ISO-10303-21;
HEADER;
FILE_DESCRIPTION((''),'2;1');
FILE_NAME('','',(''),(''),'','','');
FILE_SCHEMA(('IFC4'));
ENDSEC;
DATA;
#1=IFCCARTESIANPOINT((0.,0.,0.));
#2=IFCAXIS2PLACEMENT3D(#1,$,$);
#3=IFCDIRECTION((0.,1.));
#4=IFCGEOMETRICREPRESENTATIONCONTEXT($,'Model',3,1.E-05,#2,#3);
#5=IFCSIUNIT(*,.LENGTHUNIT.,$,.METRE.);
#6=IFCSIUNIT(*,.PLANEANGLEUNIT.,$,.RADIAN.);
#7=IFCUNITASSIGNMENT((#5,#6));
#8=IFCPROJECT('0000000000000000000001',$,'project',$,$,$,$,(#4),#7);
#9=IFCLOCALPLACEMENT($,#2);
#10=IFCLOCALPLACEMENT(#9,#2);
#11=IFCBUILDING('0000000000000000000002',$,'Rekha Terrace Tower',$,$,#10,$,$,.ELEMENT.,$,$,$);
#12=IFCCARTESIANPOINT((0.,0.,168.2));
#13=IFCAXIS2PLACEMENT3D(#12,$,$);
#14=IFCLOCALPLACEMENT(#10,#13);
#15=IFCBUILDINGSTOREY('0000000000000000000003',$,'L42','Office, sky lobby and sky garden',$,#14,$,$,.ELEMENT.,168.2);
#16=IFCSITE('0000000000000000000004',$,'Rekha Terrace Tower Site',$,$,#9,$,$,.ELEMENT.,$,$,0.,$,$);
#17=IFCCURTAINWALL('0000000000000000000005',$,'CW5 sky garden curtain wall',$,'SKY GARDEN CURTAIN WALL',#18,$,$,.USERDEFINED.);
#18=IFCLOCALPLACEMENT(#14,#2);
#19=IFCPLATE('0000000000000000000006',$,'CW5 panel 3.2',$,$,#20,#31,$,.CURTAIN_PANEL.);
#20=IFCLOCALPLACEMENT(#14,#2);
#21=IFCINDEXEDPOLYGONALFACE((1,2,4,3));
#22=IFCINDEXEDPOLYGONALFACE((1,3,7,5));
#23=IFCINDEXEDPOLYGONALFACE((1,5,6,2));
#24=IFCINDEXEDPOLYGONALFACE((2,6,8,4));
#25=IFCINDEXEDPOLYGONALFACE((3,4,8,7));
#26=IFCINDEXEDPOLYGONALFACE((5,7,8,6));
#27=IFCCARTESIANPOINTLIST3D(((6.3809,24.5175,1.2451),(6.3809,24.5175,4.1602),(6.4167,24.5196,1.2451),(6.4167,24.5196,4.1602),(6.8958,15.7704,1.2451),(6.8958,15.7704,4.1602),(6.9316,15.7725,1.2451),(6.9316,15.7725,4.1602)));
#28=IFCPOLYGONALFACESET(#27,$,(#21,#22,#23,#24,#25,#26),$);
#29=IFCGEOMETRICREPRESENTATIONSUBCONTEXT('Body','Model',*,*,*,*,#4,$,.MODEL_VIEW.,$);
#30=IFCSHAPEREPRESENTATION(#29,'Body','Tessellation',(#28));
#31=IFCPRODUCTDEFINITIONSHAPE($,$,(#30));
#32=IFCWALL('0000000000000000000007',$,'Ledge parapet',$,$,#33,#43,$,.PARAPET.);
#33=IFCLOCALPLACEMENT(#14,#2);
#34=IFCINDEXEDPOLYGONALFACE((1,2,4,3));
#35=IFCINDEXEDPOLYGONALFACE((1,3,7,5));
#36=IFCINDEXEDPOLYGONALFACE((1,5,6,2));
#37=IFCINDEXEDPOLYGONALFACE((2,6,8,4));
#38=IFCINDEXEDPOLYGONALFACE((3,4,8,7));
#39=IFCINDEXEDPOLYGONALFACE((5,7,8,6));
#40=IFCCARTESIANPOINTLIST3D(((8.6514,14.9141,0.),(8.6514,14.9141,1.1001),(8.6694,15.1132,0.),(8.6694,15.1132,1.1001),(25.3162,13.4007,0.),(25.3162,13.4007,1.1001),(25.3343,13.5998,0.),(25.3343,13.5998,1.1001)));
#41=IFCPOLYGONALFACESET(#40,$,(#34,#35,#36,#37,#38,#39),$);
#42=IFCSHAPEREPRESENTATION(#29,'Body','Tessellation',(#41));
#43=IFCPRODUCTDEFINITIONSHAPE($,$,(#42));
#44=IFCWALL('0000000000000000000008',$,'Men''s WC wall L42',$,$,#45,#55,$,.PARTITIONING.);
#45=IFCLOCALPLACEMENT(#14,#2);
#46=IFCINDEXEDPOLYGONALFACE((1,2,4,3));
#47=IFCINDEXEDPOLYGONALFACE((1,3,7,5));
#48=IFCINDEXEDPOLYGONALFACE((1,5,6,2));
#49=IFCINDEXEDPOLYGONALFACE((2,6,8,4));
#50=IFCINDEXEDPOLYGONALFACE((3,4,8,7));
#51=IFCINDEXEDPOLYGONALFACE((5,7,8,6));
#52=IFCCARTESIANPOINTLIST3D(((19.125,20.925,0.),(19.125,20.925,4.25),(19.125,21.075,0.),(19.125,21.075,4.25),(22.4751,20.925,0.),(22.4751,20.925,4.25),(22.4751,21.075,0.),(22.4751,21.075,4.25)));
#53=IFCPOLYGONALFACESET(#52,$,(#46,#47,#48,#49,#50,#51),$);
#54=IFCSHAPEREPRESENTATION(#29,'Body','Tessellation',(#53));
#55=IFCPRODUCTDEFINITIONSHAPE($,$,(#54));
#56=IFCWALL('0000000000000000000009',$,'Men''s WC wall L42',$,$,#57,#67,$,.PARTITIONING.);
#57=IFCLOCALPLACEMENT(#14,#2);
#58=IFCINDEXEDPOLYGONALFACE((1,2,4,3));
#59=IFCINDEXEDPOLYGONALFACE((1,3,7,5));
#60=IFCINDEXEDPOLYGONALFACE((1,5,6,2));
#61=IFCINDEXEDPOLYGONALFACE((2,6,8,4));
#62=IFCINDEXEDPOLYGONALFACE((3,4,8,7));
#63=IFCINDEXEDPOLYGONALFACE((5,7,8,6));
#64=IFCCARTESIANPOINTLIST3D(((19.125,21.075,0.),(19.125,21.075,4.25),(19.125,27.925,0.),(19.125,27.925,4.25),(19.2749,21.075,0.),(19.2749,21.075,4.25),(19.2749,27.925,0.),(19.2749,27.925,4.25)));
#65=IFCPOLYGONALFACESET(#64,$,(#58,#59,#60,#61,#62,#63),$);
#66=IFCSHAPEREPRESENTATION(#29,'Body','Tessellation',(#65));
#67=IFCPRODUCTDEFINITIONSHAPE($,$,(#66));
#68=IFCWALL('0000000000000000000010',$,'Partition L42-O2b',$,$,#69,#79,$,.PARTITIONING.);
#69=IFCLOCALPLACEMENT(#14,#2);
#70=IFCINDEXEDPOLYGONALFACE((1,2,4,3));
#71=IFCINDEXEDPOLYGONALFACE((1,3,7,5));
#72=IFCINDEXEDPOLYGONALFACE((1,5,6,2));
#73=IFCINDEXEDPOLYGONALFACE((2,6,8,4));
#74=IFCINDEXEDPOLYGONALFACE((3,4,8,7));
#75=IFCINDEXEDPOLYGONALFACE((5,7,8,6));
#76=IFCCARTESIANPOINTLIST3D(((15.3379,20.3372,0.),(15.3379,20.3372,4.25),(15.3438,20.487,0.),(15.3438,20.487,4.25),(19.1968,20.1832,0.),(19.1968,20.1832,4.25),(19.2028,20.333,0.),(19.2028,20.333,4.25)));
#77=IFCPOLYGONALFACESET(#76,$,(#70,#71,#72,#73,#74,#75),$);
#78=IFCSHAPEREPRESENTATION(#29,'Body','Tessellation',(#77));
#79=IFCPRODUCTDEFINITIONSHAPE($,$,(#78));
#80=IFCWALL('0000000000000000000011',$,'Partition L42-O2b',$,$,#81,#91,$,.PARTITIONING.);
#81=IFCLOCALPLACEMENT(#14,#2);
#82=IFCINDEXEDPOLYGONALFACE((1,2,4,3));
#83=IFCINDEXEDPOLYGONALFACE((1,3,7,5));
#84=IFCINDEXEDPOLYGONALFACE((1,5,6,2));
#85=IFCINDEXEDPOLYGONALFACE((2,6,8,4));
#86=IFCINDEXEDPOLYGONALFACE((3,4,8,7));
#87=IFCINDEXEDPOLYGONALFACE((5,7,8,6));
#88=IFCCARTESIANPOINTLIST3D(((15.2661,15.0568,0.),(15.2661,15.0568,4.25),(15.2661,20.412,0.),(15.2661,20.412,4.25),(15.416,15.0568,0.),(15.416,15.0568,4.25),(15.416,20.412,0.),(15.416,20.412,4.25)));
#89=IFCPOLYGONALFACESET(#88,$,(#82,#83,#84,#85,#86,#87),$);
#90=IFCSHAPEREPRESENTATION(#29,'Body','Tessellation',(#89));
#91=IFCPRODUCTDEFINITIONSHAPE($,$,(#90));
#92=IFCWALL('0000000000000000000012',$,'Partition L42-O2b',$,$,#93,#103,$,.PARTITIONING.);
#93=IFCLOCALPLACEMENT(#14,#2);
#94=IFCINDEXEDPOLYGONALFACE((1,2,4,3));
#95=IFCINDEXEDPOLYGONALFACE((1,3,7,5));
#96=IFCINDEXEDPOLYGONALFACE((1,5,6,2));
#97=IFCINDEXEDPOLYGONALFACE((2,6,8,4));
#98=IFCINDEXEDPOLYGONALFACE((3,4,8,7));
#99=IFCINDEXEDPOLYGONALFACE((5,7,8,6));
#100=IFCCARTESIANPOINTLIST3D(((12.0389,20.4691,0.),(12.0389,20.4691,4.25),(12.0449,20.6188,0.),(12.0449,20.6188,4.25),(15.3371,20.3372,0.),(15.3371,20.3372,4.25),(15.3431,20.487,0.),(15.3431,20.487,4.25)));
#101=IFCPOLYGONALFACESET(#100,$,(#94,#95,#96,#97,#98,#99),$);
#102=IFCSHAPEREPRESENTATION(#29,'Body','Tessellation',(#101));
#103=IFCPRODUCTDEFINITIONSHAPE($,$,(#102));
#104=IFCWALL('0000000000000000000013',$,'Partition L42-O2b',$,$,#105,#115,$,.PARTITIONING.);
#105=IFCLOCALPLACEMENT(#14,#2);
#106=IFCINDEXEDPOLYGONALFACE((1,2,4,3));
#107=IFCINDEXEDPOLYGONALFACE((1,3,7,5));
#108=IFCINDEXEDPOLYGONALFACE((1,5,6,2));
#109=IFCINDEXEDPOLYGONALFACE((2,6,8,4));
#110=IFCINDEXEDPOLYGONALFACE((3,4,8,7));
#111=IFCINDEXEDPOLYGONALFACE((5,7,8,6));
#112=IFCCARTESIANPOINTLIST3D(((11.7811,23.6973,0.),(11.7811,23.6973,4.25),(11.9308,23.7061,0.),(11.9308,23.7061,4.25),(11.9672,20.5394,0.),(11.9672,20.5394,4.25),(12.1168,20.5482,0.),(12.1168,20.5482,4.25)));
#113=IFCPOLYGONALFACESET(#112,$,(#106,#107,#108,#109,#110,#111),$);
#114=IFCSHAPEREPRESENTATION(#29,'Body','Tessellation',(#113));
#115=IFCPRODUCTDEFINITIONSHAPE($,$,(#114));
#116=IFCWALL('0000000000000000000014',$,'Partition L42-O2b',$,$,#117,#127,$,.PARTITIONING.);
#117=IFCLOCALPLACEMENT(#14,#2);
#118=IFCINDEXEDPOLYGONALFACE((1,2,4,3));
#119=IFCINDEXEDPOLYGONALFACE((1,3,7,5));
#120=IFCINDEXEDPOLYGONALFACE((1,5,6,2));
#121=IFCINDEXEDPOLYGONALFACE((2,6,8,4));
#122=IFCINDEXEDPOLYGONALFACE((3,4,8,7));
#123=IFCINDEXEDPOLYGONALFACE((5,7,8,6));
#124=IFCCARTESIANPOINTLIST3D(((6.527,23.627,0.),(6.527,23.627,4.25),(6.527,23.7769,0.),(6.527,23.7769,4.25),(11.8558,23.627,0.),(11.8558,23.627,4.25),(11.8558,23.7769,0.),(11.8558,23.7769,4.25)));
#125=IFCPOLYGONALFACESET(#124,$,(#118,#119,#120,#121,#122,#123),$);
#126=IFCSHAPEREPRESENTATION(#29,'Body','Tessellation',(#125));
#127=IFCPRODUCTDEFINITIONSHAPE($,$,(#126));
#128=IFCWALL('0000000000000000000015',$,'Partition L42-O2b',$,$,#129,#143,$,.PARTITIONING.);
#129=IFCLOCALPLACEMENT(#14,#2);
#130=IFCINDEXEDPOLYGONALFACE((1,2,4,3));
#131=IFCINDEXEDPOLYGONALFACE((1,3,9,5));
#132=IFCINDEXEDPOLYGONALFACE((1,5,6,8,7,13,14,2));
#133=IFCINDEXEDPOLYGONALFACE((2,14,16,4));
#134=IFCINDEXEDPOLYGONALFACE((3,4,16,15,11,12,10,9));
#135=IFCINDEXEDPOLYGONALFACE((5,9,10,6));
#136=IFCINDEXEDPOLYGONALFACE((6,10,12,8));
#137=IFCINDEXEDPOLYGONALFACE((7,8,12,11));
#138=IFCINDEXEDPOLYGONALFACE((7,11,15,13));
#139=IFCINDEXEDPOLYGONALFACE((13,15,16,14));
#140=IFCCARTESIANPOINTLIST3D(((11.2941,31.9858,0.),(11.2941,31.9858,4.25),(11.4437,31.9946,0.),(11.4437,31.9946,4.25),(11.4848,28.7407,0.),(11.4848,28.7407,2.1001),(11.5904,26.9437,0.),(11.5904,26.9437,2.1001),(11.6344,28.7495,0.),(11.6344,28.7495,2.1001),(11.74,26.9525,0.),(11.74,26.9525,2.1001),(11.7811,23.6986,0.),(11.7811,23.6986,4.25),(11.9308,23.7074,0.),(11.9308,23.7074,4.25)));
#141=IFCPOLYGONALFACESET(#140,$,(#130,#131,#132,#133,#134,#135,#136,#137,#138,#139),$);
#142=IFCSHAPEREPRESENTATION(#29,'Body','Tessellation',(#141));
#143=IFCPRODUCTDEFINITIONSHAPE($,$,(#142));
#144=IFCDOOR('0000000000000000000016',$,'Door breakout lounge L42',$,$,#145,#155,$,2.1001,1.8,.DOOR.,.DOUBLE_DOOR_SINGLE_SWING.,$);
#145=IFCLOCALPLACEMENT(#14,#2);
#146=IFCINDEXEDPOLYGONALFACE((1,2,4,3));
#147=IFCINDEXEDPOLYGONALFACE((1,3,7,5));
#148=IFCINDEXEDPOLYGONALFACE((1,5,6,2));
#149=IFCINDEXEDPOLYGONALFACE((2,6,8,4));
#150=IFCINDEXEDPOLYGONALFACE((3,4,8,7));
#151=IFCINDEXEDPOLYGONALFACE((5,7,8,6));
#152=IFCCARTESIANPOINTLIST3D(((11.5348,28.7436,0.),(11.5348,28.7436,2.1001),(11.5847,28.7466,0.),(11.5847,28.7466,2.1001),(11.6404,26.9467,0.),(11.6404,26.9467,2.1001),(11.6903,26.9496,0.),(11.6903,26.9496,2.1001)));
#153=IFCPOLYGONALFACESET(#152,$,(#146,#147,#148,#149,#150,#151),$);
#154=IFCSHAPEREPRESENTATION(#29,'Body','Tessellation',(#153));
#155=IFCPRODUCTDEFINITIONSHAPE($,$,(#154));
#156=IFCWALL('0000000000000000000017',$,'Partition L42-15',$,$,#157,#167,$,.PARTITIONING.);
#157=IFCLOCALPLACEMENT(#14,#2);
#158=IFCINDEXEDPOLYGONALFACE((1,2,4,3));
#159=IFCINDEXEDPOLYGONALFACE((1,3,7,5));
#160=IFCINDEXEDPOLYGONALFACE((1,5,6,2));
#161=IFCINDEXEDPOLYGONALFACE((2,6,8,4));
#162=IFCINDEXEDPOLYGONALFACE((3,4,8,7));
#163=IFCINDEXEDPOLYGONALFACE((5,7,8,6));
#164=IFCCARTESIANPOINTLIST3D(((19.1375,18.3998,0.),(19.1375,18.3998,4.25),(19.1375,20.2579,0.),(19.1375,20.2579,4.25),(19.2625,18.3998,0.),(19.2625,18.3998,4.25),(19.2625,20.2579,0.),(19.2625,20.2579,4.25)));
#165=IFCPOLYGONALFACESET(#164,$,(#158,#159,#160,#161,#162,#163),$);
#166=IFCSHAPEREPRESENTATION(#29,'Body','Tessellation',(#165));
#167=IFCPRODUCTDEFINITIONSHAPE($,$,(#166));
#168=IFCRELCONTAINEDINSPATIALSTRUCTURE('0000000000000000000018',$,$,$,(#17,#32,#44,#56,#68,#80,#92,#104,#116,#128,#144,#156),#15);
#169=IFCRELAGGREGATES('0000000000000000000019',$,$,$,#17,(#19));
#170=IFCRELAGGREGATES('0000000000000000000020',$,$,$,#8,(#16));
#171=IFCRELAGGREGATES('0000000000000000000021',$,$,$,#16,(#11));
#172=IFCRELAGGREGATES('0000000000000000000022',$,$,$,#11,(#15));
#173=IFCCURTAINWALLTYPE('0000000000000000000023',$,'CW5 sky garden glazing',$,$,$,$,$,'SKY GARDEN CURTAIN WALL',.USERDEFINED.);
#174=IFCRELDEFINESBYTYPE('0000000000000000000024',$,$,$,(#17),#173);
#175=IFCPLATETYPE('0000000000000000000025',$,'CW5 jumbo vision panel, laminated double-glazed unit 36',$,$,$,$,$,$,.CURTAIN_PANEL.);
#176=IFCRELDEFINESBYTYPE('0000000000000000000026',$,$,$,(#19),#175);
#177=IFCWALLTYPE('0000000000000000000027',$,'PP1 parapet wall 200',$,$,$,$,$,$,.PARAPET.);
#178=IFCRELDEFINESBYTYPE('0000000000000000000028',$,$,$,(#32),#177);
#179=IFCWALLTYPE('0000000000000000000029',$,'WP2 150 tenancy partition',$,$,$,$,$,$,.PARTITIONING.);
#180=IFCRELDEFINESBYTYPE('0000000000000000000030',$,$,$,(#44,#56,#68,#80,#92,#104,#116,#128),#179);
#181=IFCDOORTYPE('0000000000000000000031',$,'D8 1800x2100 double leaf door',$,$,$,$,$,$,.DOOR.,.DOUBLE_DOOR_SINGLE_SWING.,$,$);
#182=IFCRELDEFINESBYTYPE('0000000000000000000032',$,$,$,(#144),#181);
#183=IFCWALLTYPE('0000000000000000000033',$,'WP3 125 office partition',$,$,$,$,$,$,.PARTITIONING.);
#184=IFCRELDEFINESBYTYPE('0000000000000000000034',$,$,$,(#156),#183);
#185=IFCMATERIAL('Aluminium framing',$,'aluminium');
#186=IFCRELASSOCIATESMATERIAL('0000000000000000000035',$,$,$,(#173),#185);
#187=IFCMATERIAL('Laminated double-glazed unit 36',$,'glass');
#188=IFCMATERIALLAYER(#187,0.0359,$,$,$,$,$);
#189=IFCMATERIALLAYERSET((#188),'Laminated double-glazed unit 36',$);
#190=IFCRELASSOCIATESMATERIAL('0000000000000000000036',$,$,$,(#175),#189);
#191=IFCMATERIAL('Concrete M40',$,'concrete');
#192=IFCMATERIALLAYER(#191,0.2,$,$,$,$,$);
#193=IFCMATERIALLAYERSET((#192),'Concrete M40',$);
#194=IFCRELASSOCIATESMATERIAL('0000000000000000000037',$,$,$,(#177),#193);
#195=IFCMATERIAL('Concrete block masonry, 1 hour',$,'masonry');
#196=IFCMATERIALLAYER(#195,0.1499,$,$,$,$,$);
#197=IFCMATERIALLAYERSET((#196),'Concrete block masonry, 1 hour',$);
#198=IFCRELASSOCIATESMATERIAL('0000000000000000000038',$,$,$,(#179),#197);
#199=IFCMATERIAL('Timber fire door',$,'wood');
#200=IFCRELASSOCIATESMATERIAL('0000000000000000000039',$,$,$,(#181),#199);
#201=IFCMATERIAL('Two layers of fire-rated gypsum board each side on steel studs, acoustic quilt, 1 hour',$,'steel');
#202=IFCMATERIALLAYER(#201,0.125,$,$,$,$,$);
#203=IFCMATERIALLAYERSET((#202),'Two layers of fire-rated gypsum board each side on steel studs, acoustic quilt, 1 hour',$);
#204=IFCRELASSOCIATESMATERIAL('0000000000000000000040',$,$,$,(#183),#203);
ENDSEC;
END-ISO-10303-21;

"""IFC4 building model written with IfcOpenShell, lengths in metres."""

from ifc_helpers import new_model, si_unit, direction, frame, frame_2d, origin, origin_2d, place, context, subcontext, project, spatial, rectangle, extrude, material, layer, layer_set, type_object, element, fill, aggregate, save


model = new_model("IFC4")

# Units and contexts
model_context = context("Model", 3, precision=1e-05, world=origin(), true_north=direction((0.0, 1.0)))
body_context = subcontext(model_context, "Body", "Model", "MODEL_VIEW")
ifc_project = project(units=[si_unit("LENGTHUNIT", "METRE"), si_unit("PLANEANGLEUNIT", "RADIAN")], contexts=[model_context])

# Site, building, storey
site_placement = place(None, origin())
site = spatial("IfcSite", under=ifc_project, at=site_placement, Name="Rekha Terrace Tower Site", CompositionType="ELEMENT", RefElevation=0.0)
building_placement = place(site_placement, origin())
building = spatial("IfcBuilding", under=site, at=building_placement, Name="Rekha Terrace Tower", CompositionType="ELEMENT")
storey_placement = place(building_placement, frame((0.0, 0.0, 168.2)))
storey = spatial("IfcBuildingStorey", under=building, at=storey_placement, Name="L42", Description="Office, sky lobby and sky garden", CompositionType="ELEMENT", Elevation=168.2)

# Shared definitions
ifc_material_1 = material(Name="Aluminium framing", Category="aluminium")
curtain_wall_type = type_object("IfcCurtainWallType", Name="CW5 sky garden glazing", ElementType="SKY GARDEN CURTAIN WALL", PredefinedType="USERDEFINED", material=ifc_material_1)

# Curtain wall
curtain_wall_1_placement = place(storey_placement, origin())
curtain_wall_1 = element("IfcCurtainWall", 1, at=curtain_wall_1_placement, inside=storey, type_object=curtain_wall_type, Name="CW5 sky garden curtain wall", ObjectType="SKY GARDEN CURTAIN WALL", PredefinedType="USERDEFINED")

# Plate
ifc_material_2 = material(Name="Laminated double-glazed unit 36", Category="glass")
ifc_layer_1 = layer(ifc_material_2, 0.0359)
ifc_layer_set_1 = layer_set([ifc_layer_1], Name="Laminated double-glazed unit 36")
plate_type = type_object("IfcPlateType", Name="CW5 jumbo vision panel, laminated double-glazed unit 36", PredefinedType="CURTAIN_PANEL", material=ifc_layer_set_1)
plate_1_placement = place(storey_placement, frame((6.6562, 20.145, 1.2451), z_axis=(0.0, 0.0, 1.0), x_axis=(0.058765, -0.998272, 0.0)))
plate_1 = element("IfcPlate", 2, at=plate_1_placement, type_object=plate_type, Name="CW5 panel 3.2", PredefinedType="CURTAIN_PANEL", context=body_context, shape_type="SweptSolid", body=[
    extrude(rectangle(XDim=8.7622, YDim=0.0359, at=origin_2d()), origin(), (0.0, 0.0, 1.0), 2.915),
])
aggregate(curtain_wall_1, [plate_1])

# Walls
ifc_material_3 = material(Name="Concrete M40", Category="concrete")
ifc_layer_2 = layer(ifc_material_3, 0.2)
ifc_layer_set_2 = layer_set([ifc_layer_2], Name="Concrete M40")
wall_type_1 = type_object("IfcWallType", Name="PP1 parapet wall 200", PredefinedType="PARAPET", material=ifc_layer_set_2)
wall_1_placement = place(storey_placement, frame((8.6604, 15.0137, 0.0), z_axis=(0.0, 0.0, 1.0), x_axis=(0.995902, -0.090444, 0.0)))
element("IfcWall", 3, at=wall_1_placement, inside=storey, type_object=wall_type_1, Name="Ledge parapet", PredefinedType="PARAPET", context=body_context, shape_type="SweptSolid", body=[
    extrude(rectangle(XDim=16.7334, YDim=0.2, at=frame_2d((8.3667, 0.0))), origin(), (0.0, 0.0, 1.0), 1.1001),
])
ifc_material_4 = material(Name="Concrete block masonry, 1 hour", Category="masonry")
ifc_layer_3 = layer(ifc_material_4, 0.1499)
ifc_layer_set_3 = layer_set([ifc_layer_3], Name="Concrete block masonry, 1 hour")
wall_type_2 = type_object("IfcWallType", Name="WP2 150 tenancy partition", PredefinedType="PARTITIONING", material=ifc_layer_set_3)
wall_2_placement = place(storey_placement, frame((19.125, 21.0, 0.0), z_axis=(0.0, 0.0, 1.0), x_axis=(1.0, 0.0, 0.0)))
element("IfcWall", 4, at=wall_2_placement, inside=storey, type_object=wall_type_2, Name="Men's WC wall L42", PredefinedType="PARTITIONING", context=body_context, shape_type="SweptSolid", body=[
    extrude(rectangle(XDim=3.3501, YDim=0.1499, at=frame_2d((1.675, 0.0))), origin(), (0.0, 0.0, 1.0), 4.25),
])
wall_3_placement = place(storey_placement, frame((19.2, 21.075, 0.0), z_axis=(0.0, 0.0, 1.0), x_axis=(0.0, 1.0, 0.0)))
element("IfcWall", 5, at=wall_3_placement, inside=storey, type_object=wall_type_2, Name="Men's WC wall L42", PredefinedType="PARTITIONING", context=body_context, shape_type="SweptSolid", body=[
    extrude(rectangle(XDim=6.8501, YDim=0.1499, at=frame_2d((3.425, 0.0))), origin(), (0.0, 0.0, 1.0), 4.25),
])
wall_4_placement = place(storey_placement, frame((19.2, 20.2581, 0.0), z_axis=(0.0, 0.0, 1.0), x_axis=(-0.999204, 0.03989, 0.0)))
element("IfcWall", 6, at=wall_4_placement, inside=storey, type_object=wall_type_2, Name="Partition L42-O2b", PredefinedType="PARTITIONING", context=body_context, shape_type="SweptSolid", body=[
    extrude(rectangle(XDim=3.8621, YDim=0.1499, at=frame_2d((1.9312, 0.0))), origin(), (0.0, 0.0, 1.0), 4.25),
])
wall_5_placement = place(storey_placement, frame((15.3411, 20.4121, 0.0), z_axis=(0.0, 0.0, 1.0), x_axis=(0.0, -1.0, 0.0)))
element("IfcWall", 7, at=wall_5_placement, inside=storey, type_object=wall_type_2, Name="Partition L42-O2b", PredefinedType="PARTITIONING", context=body_context, shape_type="SweptSolid", body=[
    extrude(rectangle(XDim=5.3552, YDim=0.1499, at=frame_2d((2.6777, 0.0))), origin(), (0.0, 0.0, 1.0), 4.25),
])
wall_6_placement = place(storey_placement, frame((15.3401, 20.4121, 0.0), z_axis=(0.0, 0.0, 1.0), x_axis=(-0.999202, 0.039941, 0.0)))
element("IfcWall", 8, at=wall_6_placement, inside=storey, type_object=wall_type_2, Name="Partition L42-O2b", PredefinedType="PARTITIONING", context=body_context, shape_type="SweptSolid", body=[
    extrude(rectangle(XDim=3.3008, YDim=0.1499, at=frame_2d((1.6504, 0.0))), origin(), (0.0, 0.0, 1.0), 4.25),
])
wall_7_placement = place(storey_placement, frame((12.042, 20.5439, 0.0), z_axis=(0.0, 0.0, 1.0), x_axis=(-0.058808, 0.998269, 0.0)))
element("IfcWall", 9, at=wall_7_placement, inside=storey, type_object=wall_type_2, Name="Partition L42-O2b", PredefinedType="PARTITIONING", context=body_context, shape_type="SweptSolid", body=[
    extrude(rectangle(XDim=3.1633, YDim=0.1499, at=frame_2d((1.5815, 0.0))), origin(), (0.0, 0.0, 1.0), 4.25),
])
wall_8_placement = place(storey_placement, frame((11.856, 23.7019, 0.0), z_axis=(0.0, 0.0, 1.0), x_axis=(-1.0, 0.0, 0.0)))
element("IfcWall", 10, at=wall_8_placement, inside=storey, type_object=wall_type_2, Name="Partition L42-O2b", PredefinedType="PARTITIONING", context=body_context, shape_type="SweptSolid", body=[
    extrude(rectangle(XDim=5.3289, YDim=0.1499, at=frame_2d((2.6646, 0.0))), origin(), (0.0, 0.0, 1.0), 4.25),
])

# Wall, opening, door
wall_9_placement = place(storey_placement, frame((11.856, 23.7029, 0.0), z_axis=(0.0, 0.0, 1.0), x_axis=(-0.058672, 0.998277, 0.0)))
wall_9 = element("IfcWall", 11, at=wall_9_placement, inside=storey, type_object=wall_type_2, Name="Partition L42-O2b", PredefinedType="PARTITIONING", context=body_context, shape_type="SweptSolid", body=[
    extrude(rectangle(XDim=8.3015, YDim=0.1499, at=frame_2d((4.1509, 0.0))), origin(), (0.0, 0.0, 1.0), 4.25),
])
opening_1_placement = place(wall_9_placement, frame((3.251, 0.0, 0.0)))
opening_1 = element("IfcOpeningElement", 12, at=opening_1_placement, cuts=wall_9, PredefinedType="OPENING", context=body_context, shape_type="SweptSolid", body=[
    extrude(rectangle(XDim=1.8, YDim=2.1001, at=frame_2d((0.8999, 1.05))), frame((0.0, 0.085, 0.0), z_axis=(0.0, -1.0, 0.0), x_axis=(1.0, 0.0, 0.0)), (0.0, 0.0, 1.0), 0.1699),
])
ifc_material_5 = material(Name="Timber fire door", Category="wood")
door_type = type_object("IfcDoorType", Name="D8 1800x2100 double leaf door", OperationType="DOUBLE_DOOR_SINGLE_SWING", PredefinedType="DOOR", material=ifc_material_5)
door_1_placement = place(opening_1_placement, origin())
door_1 = element("IfcDoor", 13, at=door_1_placement, inside=storey, type_object=door_type, Name="Door breakout lounge L42", OperationType="DOUBLE_DOOR_SINGLE_SWING", OverallHeight=2.1001, OverallWidth=1.8, PredefinedType="DOOR", context=body_context, shape_type="SweptSolid", body=[
    extrude(rectangle(XDim=1.8, YDim=2.1001, at=frame_2d((0.8999, 1.05))), frame((0.0, 0.0249, 0.0), z_axis=(0.0, -1.0, 0.0), x_axis=(1.0, 0.0, 0.0)), (0.0, 0.0, 1.0), 0.05),
])
fill(opening_1, door_1)

# Wall
ifc_material_6 = material(Name="Two layers of fire-rated gypsum board each side on steel studs, acoustic quilt, 1 hour", Category="steel")
ifc_layer_4 = layer(ifc_material_6, 0.125)
ifc_layer_set_4 = layer_set([ifc_layer_4], Name="Two layers of fire-rated gypsum board each side on steel studs, acoustic quilt, 1 hour")
wall_type_3 = type_object("IfcWallType", Name="WP3 125 office partition", PredefinedType="PARTITIONING", material=ifc_layer_set_4)
wall_10_placement = place(storey_placement, frame((19.2, 20.2581, 0.0), z_axis=(0.0, 0.0, 1.0), x_axis=(0.0, -1.0, 0.0)))
element("IfcWall", 14, at=wall_10_placement, inside=storey, type_object=wall_type_3, Name="Partition L42-15", PredefinedType="PARTITIONING", context=body_context, shape_type="SweptSolid", body=[
    extrude(rectangle(XDim=1.8582, YDim=0.125, at=frame_2d((0.9292, 0.0))), origin(), (0.0, 0.0, 1.0), 4.25),
])

save(model, "model.ifc")
